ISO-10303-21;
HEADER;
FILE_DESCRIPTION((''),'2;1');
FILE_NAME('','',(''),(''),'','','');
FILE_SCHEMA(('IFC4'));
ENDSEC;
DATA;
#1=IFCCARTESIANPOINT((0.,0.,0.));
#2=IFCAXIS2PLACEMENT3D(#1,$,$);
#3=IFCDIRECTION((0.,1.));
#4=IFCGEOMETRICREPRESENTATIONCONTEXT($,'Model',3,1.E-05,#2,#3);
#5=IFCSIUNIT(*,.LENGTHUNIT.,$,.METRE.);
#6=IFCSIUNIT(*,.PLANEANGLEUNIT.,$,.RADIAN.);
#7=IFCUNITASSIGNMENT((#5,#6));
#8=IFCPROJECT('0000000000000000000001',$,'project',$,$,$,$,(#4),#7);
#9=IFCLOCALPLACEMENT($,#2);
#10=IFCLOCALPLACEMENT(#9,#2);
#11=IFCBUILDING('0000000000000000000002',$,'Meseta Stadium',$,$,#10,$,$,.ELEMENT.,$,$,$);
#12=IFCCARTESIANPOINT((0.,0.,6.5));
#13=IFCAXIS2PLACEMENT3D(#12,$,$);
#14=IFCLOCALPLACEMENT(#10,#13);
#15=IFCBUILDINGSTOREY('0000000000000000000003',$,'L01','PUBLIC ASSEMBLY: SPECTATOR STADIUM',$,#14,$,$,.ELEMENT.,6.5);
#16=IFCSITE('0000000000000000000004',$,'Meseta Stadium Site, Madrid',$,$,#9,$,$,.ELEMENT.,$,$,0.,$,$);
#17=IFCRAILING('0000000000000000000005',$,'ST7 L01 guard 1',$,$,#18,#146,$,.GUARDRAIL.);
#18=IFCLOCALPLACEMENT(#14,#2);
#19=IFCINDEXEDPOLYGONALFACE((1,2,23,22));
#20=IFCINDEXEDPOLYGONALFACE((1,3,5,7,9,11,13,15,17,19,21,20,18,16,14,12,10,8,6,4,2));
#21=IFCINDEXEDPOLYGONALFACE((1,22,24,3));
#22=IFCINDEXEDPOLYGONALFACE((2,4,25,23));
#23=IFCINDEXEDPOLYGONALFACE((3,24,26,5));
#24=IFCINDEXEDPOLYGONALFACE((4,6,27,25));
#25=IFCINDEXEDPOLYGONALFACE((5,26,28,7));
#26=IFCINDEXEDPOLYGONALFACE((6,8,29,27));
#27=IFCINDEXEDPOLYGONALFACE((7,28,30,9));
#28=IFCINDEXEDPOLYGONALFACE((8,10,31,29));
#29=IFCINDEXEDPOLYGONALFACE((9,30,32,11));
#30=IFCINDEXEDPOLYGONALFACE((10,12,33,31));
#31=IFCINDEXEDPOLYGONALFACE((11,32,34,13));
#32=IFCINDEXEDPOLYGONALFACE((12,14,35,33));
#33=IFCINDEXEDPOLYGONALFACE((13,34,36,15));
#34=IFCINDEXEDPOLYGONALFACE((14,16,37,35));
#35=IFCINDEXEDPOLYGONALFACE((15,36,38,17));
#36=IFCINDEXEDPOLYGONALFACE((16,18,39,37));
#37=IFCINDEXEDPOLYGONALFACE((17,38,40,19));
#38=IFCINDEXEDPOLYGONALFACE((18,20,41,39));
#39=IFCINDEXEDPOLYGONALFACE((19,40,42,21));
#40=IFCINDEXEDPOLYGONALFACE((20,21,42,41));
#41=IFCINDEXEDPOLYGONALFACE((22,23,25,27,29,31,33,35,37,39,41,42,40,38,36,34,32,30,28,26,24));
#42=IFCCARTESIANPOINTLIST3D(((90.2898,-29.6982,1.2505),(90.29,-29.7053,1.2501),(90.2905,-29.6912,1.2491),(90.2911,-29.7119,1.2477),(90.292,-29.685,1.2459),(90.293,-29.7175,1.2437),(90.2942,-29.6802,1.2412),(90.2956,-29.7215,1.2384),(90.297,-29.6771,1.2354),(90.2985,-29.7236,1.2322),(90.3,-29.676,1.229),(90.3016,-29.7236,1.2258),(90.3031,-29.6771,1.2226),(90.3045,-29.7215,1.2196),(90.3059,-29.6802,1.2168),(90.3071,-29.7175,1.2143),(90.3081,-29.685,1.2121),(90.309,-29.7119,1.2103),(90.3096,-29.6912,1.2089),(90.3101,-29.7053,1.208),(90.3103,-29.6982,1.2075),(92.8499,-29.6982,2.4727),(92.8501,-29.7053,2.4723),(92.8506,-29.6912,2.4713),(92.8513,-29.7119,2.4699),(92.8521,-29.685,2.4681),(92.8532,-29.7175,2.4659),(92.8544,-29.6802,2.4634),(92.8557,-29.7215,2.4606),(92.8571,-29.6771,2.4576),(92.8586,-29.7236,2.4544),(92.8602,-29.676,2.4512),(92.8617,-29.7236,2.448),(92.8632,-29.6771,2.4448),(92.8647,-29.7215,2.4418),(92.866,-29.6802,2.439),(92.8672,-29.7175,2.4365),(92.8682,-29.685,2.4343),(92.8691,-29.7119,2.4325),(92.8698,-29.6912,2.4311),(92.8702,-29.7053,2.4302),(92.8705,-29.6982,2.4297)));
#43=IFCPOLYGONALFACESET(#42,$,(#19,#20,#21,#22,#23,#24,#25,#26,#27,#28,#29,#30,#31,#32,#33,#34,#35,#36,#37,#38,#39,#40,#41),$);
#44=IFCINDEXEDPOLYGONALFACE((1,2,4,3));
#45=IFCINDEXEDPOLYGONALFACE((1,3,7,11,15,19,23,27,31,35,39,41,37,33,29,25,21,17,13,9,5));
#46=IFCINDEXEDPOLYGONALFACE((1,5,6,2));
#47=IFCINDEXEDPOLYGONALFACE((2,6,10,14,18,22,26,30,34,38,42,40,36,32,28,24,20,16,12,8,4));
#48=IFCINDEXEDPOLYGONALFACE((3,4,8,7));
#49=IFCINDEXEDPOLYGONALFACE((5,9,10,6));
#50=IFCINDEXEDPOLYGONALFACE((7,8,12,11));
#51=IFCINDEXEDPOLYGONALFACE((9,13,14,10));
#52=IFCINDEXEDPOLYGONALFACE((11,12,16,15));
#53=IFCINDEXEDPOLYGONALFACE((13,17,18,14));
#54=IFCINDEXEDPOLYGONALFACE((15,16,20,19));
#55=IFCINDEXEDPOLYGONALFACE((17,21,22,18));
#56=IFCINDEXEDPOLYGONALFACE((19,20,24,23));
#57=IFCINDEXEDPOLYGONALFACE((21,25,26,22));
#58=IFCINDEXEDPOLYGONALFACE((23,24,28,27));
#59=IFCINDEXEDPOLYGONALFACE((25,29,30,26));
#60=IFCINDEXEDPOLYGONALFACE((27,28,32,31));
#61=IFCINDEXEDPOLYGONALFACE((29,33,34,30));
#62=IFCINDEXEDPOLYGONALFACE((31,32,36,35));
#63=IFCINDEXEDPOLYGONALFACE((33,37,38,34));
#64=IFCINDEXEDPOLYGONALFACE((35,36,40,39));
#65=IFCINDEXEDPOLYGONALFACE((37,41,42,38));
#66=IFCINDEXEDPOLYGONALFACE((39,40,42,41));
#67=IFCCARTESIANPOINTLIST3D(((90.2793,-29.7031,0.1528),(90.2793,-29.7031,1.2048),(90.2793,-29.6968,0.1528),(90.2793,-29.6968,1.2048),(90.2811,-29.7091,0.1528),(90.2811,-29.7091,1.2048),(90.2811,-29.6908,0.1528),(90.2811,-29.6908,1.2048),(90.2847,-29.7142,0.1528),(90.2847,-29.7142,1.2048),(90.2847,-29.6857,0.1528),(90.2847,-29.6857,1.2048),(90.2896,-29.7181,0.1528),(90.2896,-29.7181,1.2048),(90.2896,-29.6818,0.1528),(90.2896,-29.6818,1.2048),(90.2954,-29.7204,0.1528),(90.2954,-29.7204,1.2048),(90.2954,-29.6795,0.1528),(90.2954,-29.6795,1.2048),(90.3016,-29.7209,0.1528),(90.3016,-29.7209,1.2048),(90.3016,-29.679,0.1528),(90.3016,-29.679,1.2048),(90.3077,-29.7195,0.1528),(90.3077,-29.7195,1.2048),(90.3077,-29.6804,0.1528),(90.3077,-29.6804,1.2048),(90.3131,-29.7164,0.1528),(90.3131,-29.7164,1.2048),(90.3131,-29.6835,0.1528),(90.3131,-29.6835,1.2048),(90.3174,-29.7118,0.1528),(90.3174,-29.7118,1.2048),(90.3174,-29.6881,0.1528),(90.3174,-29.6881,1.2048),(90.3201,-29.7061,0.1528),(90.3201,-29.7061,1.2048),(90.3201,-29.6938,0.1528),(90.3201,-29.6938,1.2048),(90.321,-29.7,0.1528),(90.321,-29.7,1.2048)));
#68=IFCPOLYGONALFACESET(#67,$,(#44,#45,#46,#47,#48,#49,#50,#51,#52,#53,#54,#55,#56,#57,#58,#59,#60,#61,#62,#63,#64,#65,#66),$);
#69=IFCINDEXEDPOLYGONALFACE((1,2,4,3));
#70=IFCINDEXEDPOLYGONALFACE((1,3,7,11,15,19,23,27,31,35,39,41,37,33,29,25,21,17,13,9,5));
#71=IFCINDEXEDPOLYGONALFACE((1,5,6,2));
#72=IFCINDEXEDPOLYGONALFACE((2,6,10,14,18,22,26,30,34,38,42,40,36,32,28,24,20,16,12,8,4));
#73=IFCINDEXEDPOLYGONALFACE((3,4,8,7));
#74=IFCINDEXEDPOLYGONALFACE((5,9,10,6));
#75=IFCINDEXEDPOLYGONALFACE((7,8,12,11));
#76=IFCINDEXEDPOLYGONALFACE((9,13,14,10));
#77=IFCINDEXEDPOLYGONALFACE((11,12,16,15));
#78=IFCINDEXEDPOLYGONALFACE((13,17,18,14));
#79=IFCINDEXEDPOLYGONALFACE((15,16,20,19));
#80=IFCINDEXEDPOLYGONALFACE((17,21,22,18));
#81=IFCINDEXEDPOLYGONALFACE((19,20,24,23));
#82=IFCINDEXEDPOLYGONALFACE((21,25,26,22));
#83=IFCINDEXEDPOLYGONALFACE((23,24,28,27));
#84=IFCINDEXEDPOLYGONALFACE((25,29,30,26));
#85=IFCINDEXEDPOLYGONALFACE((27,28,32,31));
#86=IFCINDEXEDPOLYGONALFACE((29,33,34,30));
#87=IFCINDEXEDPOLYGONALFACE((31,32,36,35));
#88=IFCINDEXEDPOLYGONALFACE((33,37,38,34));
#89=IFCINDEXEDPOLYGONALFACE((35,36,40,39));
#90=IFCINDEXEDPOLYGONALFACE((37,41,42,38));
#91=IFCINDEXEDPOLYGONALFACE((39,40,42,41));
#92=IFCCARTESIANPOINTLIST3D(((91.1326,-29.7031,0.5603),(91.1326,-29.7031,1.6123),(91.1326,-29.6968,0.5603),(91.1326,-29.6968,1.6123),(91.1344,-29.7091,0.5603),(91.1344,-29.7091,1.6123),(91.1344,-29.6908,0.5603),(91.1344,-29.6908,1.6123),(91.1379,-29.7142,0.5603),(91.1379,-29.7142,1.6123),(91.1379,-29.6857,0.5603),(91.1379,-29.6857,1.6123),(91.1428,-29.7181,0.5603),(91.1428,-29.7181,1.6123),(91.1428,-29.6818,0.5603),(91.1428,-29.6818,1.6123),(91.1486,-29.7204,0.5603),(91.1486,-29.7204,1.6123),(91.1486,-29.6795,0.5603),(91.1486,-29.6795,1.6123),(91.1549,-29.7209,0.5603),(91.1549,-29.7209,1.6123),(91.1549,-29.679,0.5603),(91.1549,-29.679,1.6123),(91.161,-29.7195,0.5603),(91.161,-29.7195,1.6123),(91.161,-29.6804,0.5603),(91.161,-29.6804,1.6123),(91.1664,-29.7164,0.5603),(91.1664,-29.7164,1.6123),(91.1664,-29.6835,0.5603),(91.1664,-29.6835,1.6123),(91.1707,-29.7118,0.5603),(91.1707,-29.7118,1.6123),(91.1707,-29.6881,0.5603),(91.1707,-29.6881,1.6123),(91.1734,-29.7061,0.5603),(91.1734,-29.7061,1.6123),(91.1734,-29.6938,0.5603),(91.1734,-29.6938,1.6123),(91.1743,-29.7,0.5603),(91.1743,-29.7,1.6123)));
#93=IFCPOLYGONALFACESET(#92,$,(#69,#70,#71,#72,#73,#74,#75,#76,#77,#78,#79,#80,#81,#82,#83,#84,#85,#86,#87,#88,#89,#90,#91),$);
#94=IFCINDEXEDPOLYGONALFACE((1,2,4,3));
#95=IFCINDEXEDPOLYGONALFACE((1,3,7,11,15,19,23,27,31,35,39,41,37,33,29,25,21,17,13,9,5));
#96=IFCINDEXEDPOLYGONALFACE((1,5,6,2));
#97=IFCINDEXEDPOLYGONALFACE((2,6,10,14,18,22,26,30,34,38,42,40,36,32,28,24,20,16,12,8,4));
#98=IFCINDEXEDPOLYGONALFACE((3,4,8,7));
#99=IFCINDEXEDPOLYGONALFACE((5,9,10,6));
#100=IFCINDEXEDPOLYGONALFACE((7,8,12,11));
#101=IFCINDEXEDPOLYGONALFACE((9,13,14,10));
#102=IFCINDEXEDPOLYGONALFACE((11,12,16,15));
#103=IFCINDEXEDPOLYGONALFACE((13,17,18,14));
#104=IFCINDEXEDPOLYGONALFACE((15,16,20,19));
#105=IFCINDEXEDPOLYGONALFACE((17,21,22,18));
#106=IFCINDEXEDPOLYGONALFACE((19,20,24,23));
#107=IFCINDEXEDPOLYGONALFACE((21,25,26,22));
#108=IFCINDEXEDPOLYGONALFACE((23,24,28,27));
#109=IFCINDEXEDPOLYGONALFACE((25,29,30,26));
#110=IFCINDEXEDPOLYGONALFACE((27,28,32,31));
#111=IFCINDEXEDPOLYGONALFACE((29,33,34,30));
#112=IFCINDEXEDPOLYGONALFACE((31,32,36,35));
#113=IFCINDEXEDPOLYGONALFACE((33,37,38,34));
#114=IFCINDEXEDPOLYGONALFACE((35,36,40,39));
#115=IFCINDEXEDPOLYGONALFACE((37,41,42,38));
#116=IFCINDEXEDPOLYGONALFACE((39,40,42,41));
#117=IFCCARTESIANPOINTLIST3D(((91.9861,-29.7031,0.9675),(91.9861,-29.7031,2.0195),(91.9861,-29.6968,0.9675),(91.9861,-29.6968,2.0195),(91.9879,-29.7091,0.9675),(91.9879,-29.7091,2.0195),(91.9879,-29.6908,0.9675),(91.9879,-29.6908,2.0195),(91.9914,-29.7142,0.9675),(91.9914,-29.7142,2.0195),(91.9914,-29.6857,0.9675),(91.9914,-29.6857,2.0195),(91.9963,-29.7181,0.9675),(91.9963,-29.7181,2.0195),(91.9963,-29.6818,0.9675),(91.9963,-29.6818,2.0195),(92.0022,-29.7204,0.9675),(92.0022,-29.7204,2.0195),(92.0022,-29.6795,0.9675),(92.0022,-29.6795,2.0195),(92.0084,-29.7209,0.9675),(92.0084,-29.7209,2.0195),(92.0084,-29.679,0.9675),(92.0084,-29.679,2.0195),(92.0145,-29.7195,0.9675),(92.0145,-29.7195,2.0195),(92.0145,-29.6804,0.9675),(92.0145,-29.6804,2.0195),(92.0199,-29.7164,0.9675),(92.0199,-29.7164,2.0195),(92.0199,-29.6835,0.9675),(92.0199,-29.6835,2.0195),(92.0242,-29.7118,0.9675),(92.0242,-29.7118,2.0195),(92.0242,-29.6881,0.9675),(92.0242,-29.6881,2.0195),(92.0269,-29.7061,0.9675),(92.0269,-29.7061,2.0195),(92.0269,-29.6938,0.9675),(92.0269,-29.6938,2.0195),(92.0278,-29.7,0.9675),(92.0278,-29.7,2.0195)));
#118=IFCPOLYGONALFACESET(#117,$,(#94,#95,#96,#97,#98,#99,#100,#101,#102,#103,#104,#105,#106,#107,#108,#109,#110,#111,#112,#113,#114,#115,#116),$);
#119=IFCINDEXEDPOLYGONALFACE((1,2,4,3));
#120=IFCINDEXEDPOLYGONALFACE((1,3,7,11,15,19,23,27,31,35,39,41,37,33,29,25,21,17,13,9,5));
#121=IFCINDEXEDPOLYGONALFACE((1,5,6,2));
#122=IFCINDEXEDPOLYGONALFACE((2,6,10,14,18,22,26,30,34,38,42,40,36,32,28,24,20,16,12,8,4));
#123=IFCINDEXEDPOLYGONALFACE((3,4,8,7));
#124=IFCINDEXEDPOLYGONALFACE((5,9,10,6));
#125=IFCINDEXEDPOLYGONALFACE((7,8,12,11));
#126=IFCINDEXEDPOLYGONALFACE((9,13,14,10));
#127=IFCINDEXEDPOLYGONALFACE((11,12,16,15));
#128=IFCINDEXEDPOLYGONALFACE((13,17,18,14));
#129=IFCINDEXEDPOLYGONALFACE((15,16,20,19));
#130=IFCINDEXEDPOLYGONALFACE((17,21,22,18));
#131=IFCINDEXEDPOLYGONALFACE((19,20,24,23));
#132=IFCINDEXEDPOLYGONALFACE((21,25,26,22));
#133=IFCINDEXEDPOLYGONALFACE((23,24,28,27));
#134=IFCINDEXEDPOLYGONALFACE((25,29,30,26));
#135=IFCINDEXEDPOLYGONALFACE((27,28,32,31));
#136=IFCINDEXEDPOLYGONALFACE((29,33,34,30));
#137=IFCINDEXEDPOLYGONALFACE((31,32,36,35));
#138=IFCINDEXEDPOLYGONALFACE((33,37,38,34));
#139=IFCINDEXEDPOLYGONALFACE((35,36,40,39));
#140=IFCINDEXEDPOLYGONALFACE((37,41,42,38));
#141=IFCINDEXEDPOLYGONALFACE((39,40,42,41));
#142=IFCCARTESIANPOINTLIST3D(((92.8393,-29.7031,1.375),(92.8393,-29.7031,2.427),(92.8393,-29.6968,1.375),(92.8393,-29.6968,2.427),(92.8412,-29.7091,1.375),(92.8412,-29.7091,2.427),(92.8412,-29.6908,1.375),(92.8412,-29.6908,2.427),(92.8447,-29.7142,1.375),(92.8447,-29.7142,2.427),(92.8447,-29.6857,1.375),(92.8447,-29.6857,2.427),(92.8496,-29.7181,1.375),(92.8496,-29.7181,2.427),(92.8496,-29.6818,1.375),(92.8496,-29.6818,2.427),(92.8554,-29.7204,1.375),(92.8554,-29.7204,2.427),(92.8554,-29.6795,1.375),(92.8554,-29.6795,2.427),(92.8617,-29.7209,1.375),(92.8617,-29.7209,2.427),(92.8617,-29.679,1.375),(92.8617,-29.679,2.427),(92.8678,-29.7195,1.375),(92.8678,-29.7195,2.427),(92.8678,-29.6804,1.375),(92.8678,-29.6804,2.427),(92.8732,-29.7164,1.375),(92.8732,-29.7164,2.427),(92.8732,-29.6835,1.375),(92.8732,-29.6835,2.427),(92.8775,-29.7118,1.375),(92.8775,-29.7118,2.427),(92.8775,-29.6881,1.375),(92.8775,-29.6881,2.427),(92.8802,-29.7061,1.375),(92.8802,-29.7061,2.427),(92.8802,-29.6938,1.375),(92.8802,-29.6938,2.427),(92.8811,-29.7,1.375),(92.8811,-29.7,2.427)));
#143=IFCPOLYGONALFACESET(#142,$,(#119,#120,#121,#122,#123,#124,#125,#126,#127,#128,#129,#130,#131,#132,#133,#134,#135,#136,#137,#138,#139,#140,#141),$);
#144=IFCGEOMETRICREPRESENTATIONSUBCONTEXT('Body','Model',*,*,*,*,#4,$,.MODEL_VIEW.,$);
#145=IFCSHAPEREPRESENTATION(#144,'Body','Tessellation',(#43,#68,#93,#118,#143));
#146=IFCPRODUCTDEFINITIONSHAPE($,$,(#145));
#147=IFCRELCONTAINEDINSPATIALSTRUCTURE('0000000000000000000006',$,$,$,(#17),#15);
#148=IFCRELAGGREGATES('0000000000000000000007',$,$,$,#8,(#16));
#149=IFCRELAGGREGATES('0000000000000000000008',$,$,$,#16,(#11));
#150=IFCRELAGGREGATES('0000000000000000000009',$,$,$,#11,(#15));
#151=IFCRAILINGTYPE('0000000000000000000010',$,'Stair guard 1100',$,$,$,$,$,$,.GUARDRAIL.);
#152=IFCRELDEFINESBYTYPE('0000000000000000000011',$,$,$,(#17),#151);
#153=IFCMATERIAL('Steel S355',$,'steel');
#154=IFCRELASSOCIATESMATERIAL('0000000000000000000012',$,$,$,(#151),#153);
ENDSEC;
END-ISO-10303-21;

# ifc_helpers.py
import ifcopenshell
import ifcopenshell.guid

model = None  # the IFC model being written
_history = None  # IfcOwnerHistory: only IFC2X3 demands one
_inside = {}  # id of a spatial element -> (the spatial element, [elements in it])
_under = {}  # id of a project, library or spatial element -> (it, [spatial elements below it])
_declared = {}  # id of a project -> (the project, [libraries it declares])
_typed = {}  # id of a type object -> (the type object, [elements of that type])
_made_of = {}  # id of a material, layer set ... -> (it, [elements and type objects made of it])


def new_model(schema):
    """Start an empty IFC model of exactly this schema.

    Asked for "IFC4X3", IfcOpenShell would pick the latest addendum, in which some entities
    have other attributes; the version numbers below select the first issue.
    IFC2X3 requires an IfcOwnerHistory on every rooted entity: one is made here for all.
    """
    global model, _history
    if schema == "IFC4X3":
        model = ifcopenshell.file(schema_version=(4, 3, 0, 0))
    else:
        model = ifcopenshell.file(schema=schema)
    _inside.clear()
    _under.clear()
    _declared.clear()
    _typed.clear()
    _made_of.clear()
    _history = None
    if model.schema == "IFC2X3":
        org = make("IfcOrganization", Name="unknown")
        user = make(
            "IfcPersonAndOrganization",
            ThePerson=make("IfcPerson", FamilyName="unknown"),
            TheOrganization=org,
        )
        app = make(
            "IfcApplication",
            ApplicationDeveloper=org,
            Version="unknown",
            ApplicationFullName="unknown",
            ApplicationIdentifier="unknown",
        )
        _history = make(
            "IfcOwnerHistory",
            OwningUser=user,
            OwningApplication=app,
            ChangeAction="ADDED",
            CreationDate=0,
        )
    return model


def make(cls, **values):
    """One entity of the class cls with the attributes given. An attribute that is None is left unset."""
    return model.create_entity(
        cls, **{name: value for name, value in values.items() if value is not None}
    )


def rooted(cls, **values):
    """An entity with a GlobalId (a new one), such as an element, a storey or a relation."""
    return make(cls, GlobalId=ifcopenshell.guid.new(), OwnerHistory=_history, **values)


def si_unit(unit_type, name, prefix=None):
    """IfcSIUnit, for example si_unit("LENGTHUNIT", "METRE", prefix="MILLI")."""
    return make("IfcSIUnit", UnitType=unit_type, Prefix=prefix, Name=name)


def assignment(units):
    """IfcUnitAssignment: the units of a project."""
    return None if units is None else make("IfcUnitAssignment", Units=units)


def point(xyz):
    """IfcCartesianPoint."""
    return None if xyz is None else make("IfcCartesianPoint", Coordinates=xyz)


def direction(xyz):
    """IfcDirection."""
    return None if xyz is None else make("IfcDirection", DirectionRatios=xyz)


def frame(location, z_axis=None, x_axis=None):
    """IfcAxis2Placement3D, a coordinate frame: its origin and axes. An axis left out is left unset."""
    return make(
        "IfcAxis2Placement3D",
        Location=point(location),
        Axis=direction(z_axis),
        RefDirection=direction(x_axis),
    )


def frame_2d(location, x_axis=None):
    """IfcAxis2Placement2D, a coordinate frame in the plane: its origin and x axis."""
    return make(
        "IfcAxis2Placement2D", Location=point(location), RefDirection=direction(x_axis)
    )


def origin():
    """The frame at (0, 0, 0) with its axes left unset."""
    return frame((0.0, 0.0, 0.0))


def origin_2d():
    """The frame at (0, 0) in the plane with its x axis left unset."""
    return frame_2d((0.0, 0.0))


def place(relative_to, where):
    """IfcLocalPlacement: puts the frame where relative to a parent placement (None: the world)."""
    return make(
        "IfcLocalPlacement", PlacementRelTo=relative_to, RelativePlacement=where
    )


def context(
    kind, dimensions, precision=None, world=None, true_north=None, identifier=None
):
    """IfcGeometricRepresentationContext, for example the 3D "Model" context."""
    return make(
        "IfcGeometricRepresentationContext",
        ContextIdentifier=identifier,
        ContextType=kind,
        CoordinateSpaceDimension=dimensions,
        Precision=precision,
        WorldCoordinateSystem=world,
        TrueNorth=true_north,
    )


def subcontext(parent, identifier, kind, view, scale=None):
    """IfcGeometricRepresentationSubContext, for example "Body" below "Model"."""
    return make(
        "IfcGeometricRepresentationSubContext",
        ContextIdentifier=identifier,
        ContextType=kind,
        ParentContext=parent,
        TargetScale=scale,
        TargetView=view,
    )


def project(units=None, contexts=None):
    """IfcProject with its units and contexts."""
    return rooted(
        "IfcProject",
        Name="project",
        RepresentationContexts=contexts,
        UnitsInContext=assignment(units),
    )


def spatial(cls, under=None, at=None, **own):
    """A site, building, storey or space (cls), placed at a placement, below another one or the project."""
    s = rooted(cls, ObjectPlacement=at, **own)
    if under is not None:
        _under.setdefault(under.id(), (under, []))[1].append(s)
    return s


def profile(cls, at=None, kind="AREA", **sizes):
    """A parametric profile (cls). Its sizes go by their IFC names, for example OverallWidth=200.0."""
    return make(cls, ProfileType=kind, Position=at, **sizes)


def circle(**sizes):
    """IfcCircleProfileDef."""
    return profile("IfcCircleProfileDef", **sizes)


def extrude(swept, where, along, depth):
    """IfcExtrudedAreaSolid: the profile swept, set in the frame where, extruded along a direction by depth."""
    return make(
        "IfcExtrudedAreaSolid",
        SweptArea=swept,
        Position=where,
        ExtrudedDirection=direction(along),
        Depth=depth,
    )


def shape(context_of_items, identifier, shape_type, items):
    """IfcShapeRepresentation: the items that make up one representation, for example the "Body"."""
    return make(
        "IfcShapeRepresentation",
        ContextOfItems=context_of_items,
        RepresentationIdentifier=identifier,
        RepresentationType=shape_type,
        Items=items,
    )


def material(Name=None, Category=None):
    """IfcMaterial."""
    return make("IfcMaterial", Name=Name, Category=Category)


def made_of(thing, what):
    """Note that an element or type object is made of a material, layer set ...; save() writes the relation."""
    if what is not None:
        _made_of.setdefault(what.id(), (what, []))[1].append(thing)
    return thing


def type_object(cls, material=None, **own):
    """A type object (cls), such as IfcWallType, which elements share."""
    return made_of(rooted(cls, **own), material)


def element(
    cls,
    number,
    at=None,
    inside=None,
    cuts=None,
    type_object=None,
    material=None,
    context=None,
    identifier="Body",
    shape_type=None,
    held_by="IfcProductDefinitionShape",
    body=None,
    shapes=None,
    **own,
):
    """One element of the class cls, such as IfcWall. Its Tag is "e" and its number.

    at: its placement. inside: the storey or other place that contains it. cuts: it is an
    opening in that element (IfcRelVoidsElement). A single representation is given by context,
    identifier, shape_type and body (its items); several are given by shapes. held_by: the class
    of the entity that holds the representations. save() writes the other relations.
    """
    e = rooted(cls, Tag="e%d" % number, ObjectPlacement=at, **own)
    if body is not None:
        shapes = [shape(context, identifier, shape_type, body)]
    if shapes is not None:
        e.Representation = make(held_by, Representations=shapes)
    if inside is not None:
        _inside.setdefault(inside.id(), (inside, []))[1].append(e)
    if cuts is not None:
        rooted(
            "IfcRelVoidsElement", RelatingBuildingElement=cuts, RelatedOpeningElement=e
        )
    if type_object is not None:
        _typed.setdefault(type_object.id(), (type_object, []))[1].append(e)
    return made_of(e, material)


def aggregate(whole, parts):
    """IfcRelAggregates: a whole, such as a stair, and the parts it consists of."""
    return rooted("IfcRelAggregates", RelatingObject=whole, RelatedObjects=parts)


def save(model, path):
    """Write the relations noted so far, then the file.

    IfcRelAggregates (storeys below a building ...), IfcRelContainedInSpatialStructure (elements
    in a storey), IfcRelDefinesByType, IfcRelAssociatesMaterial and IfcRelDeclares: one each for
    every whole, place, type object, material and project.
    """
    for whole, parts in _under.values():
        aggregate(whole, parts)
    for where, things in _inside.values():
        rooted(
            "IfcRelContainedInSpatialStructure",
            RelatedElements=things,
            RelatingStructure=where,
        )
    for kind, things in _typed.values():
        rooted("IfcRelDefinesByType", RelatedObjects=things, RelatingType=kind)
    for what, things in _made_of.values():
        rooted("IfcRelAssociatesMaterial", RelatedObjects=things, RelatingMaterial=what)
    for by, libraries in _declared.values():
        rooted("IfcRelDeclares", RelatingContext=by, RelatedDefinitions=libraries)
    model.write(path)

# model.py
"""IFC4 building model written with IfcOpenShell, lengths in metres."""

from ifc_helpers import new_model, si_unit, direction, frame, origin, origin_2d, place, context, subcontext, project, spatial, circle, extrude, material, type_object, element, save


model = new_model("IFC4")

# Units and contexts
model_context = context("Model", 3, precision=1e-05, world=origin(), true_north=direction((0.0, 1.0)))
body_context = subcontext(model_context, "Body", "Model", "MODEL_VIEW")
ifc_project = project(units=[si_unit("LENGTHUNIT", "METRE"), si_unit("PLANEANGLEUNIT", "RADIAN")], contexts=[model_context])

# Site, building, storey
site_placement = place(None, origin())
site = spatial("IfcSite", under=ifc_project, at=site_placement, Name="Meseta Stadium Site, Madrid", CompositionType="ELEMENT", RefElevation=0.0)
building_placement = place(site_placement, origin())
building = spatial("IfcBuilding", under=site, at=building_placement, Name="Meseta Stadium", CompositionType="ELEMENT")
storey_placement = place(building_placement, frame((0.0, 0.0, 6.5)))
storey = spatial("IfcBuildingStorey", under=building, at=storey_placement, Name="L01", Description="PUBLIC ASSEMBLY: SPECTATOR STADIUM", CompositionType="ELEMENT", Elevation=6.5)

# Railing
ifc_material_1 = material(Name="Steel S355", Category="steel")
railing_type_1 = type_object("IfcRailingType", Name="Stair guard 1100", PredefinedType="GUARDRAIL", material=ifc_material_1)
railing_1_placement = place(storey_placement, frame((90.3, -29.7, 0.1528)))
element("IfcRailing", 1, at=railing_1_placement, inside=storey, type_object=railing_type_1, Name="ST7 L01 guard 1", PredefinedType="GUARDRAIL", context=body_context, shape_type="SweptSolid", body=[
    extrude(circle(Radius=0.0239, at=origin_2d()), frame((0.0, 0.0, 1.0762), z_axis=(0.902437, 0.0, 0.430822), x_axis=(0.0, 1.0, 0.0)), (0.0, 0.0, 1.0), 2.8369),
    extrude(circle(Radius=0.021, at=origin_2d()), origin(), (0.0, 0.0, 1.0), 1.052),
    extrude(circle(Radius=0.021, at=origin_2d()), frame((0.8533, 0.0, 0.4075)), (0.0, 0.0, 1.0), 1.052),
    extrude(circle(Radius=0.021, at=origin_2d()), frame((1.7068, 0.0, 0.8147)), (0.0, 0.0, 1.0), 1.052),
    extrude(circle(Radius=0.021, at=origin_2d()), frame((2.5601, 0.0, 1.2222)), (0.0, 0.0, 1.0), 1.052),
])

save(model, "model.ifc")
